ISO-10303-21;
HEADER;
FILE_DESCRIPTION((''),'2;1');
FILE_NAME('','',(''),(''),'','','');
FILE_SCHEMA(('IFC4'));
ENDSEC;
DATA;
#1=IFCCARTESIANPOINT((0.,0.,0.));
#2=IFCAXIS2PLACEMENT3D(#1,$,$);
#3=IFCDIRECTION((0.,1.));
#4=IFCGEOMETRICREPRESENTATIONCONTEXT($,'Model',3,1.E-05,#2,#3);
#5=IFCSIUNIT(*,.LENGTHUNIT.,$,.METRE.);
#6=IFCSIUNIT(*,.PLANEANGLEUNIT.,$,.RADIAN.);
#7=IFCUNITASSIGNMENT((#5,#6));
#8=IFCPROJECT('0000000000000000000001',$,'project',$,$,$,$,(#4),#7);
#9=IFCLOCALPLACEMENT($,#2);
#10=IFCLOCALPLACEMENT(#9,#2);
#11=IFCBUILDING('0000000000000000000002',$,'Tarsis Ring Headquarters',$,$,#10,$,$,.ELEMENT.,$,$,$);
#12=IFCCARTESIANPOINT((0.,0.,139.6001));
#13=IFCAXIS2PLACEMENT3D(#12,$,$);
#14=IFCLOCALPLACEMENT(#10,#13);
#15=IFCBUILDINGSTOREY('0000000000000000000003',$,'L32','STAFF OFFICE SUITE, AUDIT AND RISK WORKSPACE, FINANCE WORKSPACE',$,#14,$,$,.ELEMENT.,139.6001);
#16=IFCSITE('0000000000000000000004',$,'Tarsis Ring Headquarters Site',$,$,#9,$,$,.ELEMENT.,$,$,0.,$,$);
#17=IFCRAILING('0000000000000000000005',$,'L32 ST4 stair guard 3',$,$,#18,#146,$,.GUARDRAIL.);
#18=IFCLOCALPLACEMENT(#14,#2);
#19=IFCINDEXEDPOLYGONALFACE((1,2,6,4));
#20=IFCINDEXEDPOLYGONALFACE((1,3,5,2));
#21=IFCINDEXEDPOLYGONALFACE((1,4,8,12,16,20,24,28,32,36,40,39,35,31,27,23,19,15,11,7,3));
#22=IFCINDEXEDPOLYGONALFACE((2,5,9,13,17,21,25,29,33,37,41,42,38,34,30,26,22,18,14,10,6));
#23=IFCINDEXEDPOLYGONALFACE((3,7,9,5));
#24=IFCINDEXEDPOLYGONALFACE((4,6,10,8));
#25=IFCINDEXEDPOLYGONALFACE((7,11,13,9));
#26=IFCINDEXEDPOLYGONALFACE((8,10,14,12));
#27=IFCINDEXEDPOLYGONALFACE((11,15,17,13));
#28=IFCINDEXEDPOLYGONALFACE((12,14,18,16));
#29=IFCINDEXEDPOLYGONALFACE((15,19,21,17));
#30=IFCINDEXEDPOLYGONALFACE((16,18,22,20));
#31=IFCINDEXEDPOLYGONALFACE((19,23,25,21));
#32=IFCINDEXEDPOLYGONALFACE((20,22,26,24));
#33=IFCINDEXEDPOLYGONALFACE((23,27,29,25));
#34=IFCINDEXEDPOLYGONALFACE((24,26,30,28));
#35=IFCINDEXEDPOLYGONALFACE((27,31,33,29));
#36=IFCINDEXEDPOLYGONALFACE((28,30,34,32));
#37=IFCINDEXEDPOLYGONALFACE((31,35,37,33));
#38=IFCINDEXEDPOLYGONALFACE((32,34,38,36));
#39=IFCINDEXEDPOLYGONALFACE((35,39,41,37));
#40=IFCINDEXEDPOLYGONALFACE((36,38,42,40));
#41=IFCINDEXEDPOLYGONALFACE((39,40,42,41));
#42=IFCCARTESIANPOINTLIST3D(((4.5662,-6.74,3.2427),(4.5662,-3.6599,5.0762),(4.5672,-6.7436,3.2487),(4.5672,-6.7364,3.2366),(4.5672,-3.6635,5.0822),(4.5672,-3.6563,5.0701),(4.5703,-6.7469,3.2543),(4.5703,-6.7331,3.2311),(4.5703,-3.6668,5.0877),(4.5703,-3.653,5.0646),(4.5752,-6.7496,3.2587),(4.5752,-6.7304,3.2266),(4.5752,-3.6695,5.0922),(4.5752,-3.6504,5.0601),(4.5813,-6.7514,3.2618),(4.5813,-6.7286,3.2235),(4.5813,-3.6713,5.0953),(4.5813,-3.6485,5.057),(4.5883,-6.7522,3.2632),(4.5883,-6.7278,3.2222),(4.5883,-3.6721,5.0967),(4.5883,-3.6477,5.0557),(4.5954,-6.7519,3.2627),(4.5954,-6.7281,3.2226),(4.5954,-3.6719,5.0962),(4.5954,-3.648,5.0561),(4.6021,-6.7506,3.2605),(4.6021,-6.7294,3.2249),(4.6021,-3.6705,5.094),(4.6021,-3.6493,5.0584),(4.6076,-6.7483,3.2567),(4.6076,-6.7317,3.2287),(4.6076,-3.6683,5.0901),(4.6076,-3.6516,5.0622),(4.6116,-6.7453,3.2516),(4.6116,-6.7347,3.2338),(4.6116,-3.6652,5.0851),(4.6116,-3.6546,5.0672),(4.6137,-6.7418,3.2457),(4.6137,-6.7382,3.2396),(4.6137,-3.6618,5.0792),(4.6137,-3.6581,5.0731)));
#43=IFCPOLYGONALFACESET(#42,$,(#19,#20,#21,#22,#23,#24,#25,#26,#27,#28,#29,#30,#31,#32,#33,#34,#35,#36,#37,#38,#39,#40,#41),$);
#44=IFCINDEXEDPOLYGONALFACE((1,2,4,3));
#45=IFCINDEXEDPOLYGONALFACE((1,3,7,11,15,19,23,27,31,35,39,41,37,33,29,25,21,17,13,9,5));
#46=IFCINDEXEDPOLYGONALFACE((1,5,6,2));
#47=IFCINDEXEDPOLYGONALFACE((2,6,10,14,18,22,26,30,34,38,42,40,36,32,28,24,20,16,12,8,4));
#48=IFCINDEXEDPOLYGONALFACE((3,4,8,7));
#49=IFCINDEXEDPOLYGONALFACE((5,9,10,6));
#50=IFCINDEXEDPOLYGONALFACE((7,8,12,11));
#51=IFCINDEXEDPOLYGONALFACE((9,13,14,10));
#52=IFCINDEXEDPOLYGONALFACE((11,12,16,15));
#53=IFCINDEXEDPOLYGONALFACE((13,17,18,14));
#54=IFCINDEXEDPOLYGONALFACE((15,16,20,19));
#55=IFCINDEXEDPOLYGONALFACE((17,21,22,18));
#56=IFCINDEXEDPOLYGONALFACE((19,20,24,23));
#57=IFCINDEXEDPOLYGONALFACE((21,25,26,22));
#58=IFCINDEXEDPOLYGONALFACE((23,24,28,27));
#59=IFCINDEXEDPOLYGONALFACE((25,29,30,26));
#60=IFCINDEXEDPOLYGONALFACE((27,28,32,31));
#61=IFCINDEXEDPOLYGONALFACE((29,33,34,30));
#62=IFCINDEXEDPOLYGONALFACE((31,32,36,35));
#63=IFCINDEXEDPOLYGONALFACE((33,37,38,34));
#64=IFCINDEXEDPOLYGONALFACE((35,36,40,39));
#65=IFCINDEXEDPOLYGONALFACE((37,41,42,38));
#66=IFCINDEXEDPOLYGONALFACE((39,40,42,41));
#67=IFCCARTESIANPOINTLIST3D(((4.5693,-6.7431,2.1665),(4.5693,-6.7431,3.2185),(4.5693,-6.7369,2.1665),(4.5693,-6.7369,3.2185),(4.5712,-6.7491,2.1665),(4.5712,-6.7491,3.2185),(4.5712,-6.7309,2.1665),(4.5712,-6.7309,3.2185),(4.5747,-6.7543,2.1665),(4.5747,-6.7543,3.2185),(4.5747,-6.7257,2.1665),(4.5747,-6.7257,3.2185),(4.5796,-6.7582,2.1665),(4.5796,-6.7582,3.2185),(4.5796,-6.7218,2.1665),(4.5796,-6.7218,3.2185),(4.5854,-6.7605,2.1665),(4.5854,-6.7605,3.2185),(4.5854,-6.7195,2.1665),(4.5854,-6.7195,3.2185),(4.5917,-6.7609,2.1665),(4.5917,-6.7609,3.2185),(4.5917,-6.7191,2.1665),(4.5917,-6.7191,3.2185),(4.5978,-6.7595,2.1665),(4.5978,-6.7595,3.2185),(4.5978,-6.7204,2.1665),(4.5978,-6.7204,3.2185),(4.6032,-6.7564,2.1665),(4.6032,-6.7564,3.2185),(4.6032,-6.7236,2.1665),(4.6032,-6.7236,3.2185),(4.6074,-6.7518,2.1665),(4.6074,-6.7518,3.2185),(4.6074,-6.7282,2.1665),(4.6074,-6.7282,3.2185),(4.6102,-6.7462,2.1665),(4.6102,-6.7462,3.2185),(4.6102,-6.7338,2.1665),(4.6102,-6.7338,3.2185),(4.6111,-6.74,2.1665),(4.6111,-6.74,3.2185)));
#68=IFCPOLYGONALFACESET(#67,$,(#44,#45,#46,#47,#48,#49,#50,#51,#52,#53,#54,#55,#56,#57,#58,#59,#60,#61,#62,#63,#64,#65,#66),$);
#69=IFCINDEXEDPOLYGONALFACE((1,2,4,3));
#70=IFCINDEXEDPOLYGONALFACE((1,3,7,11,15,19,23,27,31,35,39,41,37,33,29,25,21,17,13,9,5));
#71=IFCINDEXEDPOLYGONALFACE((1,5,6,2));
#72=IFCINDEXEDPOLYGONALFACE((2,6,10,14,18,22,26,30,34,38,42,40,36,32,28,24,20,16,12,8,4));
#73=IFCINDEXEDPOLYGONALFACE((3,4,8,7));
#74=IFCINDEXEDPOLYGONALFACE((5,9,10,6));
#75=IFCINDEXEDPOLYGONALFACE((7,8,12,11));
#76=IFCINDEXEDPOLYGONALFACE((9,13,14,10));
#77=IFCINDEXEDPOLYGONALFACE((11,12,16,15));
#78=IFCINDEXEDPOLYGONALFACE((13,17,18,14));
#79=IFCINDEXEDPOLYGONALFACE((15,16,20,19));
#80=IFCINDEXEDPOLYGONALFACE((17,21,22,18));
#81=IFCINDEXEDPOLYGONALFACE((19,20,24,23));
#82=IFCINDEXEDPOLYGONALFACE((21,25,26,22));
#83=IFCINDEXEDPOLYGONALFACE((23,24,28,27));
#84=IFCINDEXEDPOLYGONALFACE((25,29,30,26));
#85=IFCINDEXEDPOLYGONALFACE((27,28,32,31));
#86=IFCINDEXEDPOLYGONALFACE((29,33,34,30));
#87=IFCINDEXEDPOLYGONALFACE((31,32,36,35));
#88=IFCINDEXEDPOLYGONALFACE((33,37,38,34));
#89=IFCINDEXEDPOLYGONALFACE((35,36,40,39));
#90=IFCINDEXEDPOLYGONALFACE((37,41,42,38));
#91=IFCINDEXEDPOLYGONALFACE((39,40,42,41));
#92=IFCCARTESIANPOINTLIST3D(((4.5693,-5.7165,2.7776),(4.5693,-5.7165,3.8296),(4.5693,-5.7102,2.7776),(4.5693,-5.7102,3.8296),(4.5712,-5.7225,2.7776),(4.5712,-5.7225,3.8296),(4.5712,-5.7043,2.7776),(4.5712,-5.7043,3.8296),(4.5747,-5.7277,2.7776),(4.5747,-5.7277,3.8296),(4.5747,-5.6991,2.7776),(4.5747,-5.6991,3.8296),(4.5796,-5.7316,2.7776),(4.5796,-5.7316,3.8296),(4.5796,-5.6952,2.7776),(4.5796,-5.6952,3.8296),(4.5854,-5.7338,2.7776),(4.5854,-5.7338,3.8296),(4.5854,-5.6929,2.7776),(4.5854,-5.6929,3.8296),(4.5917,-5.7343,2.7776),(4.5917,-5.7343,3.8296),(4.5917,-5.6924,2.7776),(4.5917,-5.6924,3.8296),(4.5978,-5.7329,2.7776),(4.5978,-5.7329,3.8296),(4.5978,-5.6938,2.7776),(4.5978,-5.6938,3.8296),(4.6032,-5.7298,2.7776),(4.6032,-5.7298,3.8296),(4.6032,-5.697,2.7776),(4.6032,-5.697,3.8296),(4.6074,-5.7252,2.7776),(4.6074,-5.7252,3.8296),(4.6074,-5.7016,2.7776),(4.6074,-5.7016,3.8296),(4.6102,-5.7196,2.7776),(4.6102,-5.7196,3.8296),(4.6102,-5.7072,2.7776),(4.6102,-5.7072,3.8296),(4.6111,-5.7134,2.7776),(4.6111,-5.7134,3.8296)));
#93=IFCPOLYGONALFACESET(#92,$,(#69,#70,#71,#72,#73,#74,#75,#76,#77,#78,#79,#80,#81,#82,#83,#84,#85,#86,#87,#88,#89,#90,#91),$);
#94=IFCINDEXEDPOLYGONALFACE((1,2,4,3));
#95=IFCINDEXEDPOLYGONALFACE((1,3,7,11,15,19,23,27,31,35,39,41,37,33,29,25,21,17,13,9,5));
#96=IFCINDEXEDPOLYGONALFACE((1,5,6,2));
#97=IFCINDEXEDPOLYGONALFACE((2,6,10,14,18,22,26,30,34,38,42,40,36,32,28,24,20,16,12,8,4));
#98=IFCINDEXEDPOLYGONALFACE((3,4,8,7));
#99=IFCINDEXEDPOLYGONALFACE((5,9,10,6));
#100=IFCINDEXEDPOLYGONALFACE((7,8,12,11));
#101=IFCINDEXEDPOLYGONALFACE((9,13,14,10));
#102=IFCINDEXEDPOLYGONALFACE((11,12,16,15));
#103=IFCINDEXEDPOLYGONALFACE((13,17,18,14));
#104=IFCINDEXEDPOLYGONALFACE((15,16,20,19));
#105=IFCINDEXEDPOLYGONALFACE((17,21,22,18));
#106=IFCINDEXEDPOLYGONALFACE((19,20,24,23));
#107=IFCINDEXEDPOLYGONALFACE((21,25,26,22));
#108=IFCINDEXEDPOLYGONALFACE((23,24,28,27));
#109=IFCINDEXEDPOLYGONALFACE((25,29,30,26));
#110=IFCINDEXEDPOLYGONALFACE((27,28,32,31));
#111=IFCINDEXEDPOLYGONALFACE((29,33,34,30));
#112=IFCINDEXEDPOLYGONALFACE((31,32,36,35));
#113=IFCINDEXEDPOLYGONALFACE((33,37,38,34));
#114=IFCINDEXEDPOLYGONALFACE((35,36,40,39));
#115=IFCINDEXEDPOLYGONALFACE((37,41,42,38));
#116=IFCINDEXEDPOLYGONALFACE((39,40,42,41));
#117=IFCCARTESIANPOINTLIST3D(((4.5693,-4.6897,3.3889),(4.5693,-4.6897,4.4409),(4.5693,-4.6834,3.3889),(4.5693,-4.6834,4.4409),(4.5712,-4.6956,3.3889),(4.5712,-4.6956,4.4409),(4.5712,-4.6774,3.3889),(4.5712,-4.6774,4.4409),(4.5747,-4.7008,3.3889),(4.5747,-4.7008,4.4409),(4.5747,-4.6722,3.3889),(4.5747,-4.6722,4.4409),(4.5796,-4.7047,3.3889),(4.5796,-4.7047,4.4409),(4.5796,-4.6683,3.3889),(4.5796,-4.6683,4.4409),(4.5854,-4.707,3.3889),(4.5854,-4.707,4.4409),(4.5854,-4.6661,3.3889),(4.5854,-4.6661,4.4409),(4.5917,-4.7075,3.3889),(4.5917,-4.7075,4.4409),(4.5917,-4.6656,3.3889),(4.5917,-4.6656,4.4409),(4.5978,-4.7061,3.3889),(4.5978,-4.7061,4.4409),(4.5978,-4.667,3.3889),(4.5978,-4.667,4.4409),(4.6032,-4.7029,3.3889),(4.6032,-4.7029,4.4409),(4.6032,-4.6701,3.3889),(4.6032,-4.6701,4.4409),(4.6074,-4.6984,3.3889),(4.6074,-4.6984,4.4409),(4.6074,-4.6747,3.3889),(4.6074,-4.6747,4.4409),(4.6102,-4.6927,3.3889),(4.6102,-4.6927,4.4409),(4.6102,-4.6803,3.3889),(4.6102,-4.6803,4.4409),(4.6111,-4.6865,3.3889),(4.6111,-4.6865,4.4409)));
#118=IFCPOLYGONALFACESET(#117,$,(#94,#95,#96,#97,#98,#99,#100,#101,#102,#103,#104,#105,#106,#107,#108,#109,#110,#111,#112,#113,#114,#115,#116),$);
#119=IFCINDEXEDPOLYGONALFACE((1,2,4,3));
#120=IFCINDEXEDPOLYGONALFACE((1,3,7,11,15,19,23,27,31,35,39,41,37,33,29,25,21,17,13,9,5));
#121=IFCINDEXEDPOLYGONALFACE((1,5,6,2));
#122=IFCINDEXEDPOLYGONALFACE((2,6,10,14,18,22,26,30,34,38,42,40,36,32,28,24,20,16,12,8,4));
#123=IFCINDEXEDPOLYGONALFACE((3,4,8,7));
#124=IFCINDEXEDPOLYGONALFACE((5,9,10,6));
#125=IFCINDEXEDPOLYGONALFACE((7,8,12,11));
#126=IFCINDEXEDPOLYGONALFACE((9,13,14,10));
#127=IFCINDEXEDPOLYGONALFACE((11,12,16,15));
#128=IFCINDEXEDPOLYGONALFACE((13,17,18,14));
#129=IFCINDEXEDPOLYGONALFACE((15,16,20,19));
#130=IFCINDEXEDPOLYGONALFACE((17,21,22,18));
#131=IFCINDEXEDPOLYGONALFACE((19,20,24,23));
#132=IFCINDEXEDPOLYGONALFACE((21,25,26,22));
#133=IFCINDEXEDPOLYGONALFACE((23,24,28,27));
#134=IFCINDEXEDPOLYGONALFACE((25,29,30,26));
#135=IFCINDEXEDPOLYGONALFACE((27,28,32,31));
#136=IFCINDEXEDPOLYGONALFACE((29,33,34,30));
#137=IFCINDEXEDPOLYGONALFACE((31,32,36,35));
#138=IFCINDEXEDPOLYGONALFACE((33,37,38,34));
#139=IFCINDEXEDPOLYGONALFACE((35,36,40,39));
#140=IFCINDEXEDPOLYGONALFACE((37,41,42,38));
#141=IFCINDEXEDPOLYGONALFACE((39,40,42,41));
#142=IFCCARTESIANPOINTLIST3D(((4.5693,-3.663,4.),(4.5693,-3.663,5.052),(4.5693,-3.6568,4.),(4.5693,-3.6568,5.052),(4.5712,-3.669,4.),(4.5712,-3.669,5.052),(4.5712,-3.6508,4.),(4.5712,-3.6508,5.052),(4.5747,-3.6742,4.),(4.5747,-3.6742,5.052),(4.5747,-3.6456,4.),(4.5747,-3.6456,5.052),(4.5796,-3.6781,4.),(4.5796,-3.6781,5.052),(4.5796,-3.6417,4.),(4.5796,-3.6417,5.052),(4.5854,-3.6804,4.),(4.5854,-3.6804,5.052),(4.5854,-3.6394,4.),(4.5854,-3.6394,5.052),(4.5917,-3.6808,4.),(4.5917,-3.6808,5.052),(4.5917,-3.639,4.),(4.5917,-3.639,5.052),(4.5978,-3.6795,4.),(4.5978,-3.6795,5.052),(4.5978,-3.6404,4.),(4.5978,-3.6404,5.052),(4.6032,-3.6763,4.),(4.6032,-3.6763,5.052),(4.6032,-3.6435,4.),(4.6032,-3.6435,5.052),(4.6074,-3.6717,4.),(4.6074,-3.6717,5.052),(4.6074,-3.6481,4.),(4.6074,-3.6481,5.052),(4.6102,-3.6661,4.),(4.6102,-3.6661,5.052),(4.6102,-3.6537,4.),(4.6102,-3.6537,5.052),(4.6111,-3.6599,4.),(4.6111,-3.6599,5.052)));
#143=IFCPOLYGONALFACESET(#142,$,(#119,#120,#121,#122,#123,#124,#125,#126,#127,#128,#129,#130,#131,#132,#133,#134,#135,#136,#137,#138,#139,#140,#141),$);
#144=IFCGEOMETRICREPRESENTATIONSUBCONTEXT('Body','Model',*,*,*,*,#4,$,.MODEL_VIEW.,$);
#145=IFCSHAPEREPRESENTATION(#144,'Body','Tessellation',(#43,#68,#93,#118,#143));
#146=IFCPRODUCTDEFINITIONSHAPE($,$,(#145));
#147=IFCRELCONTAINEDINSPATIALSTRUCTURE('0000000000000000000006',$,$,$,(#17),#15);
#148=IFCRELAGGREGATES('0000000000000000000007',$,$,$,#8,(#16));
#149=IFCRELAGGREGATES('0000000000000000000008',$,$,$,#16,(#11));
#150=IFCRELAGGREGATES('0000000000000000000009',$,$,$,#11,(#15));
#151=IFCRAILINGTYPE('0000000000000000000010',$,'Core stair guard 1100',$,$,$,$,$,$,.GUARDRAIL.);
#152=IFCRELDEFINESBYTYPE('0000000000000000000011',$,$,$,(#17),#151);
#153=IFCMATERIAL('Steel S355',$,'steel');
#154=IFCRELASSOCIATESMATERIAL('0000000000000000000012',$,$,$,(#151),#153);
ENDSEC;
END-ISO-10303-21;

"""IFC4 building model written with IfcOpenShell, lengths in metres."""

from ifc_helpers import new_model, si_unit, direction, frame, origin, origin_2d, place, context, subcontext, project, spatial, circle, extrude, material, type_object, element, save


model = new_model("IFC4")

# Units and contexts
model_context = context("Model", 3, precision=1e-05, world=origin(), true_north=direction((0.0, 1.0)))
body_context = subcontext(model_context, "Body", "Model", "MODEL_VIEW")
ifc_project = project(units=[si_unit("LENGTHUNIT", "METRE"), si_unit("PLANEANGLEUNIT", "RADIAN")], contexts=[model_context])

# Site, building, storey
site_placement = place(None, origin())
site = spatial("IfcSite", under=ifc_project, at=site_placement, Name="Tarsis Ring Headquarters Site", CompositionType="ELEMENT", RefElevation=0.0)
building_placement = place(site_placement, origin())
building = spatial("IfcBuilding", under=site, at=building_placement, Name="Tarsis Ring Headquarters", CompositionType="ELEMENT")
storey_placement = place(building_placement, frame((0.0, 0.0, 139.6001)))
storey = spatial("IfcBuildingStorey", under=building, at=storey_placement, Name="L32", Description="STAFF OFFICE SUITE, AUDIT AND RISK WORKSPACE, FINANCE WORKSPACE", CompositionType="ELEMENT", Elevation=139.6001)

# Railing
ifc_material_1 = material(Name="Steel S355", Category="steel")
railing_type_1 = type_object("IfcRailingType", Name="Core stair guard 1100", PredefinedType="GUARDRAIL", material=ifc_material_1)
railing_1_placement = place(storey_placement, frame((4.5901, -6.74, 2.1665)))
element("IfcRailing", 1, at=railing_1_placement, inside=storey, type_object=railing_type_1, Name="L32 ST4 stair guard 3", PredefinedType="GUARDRAIL", context=body_context, shape_type="SweptSolid", body=[
    extrude(circle(Radius=0.0239, at=origin_2d()), frame((0.0, 0.0, 1.0762), z_axis=(0.0, 0.859279, 0.511508), x_axis=(-1.0, 0.0, 0.0)), (0.0, 0.0, 1.0), 3.5845),
    extrude(circle(Radius=0.021, at=origin_2d()), origin(), (0.0, 0.0, 1.0), 1.052),
    extrude(circle(Radius=0.021, at=origin_2d()), frame((0.0, 1.0266, 0.6111)), (0.0, 0.0, 1.0), 1.052),
    extrude(circle(Radius=0.021, at=origin_2d()), frame((0.0, 2.0535, 1.2224)), (0.0, 0.0, 1.0), 1.052),
    extrude(circle(Radius=0.021, at=origin_2d()), frame((0.0, 3.0801, 1.8335)), (0.0, 0.0, 1.0), 1.052),
])

save(model, "model.ifc")
